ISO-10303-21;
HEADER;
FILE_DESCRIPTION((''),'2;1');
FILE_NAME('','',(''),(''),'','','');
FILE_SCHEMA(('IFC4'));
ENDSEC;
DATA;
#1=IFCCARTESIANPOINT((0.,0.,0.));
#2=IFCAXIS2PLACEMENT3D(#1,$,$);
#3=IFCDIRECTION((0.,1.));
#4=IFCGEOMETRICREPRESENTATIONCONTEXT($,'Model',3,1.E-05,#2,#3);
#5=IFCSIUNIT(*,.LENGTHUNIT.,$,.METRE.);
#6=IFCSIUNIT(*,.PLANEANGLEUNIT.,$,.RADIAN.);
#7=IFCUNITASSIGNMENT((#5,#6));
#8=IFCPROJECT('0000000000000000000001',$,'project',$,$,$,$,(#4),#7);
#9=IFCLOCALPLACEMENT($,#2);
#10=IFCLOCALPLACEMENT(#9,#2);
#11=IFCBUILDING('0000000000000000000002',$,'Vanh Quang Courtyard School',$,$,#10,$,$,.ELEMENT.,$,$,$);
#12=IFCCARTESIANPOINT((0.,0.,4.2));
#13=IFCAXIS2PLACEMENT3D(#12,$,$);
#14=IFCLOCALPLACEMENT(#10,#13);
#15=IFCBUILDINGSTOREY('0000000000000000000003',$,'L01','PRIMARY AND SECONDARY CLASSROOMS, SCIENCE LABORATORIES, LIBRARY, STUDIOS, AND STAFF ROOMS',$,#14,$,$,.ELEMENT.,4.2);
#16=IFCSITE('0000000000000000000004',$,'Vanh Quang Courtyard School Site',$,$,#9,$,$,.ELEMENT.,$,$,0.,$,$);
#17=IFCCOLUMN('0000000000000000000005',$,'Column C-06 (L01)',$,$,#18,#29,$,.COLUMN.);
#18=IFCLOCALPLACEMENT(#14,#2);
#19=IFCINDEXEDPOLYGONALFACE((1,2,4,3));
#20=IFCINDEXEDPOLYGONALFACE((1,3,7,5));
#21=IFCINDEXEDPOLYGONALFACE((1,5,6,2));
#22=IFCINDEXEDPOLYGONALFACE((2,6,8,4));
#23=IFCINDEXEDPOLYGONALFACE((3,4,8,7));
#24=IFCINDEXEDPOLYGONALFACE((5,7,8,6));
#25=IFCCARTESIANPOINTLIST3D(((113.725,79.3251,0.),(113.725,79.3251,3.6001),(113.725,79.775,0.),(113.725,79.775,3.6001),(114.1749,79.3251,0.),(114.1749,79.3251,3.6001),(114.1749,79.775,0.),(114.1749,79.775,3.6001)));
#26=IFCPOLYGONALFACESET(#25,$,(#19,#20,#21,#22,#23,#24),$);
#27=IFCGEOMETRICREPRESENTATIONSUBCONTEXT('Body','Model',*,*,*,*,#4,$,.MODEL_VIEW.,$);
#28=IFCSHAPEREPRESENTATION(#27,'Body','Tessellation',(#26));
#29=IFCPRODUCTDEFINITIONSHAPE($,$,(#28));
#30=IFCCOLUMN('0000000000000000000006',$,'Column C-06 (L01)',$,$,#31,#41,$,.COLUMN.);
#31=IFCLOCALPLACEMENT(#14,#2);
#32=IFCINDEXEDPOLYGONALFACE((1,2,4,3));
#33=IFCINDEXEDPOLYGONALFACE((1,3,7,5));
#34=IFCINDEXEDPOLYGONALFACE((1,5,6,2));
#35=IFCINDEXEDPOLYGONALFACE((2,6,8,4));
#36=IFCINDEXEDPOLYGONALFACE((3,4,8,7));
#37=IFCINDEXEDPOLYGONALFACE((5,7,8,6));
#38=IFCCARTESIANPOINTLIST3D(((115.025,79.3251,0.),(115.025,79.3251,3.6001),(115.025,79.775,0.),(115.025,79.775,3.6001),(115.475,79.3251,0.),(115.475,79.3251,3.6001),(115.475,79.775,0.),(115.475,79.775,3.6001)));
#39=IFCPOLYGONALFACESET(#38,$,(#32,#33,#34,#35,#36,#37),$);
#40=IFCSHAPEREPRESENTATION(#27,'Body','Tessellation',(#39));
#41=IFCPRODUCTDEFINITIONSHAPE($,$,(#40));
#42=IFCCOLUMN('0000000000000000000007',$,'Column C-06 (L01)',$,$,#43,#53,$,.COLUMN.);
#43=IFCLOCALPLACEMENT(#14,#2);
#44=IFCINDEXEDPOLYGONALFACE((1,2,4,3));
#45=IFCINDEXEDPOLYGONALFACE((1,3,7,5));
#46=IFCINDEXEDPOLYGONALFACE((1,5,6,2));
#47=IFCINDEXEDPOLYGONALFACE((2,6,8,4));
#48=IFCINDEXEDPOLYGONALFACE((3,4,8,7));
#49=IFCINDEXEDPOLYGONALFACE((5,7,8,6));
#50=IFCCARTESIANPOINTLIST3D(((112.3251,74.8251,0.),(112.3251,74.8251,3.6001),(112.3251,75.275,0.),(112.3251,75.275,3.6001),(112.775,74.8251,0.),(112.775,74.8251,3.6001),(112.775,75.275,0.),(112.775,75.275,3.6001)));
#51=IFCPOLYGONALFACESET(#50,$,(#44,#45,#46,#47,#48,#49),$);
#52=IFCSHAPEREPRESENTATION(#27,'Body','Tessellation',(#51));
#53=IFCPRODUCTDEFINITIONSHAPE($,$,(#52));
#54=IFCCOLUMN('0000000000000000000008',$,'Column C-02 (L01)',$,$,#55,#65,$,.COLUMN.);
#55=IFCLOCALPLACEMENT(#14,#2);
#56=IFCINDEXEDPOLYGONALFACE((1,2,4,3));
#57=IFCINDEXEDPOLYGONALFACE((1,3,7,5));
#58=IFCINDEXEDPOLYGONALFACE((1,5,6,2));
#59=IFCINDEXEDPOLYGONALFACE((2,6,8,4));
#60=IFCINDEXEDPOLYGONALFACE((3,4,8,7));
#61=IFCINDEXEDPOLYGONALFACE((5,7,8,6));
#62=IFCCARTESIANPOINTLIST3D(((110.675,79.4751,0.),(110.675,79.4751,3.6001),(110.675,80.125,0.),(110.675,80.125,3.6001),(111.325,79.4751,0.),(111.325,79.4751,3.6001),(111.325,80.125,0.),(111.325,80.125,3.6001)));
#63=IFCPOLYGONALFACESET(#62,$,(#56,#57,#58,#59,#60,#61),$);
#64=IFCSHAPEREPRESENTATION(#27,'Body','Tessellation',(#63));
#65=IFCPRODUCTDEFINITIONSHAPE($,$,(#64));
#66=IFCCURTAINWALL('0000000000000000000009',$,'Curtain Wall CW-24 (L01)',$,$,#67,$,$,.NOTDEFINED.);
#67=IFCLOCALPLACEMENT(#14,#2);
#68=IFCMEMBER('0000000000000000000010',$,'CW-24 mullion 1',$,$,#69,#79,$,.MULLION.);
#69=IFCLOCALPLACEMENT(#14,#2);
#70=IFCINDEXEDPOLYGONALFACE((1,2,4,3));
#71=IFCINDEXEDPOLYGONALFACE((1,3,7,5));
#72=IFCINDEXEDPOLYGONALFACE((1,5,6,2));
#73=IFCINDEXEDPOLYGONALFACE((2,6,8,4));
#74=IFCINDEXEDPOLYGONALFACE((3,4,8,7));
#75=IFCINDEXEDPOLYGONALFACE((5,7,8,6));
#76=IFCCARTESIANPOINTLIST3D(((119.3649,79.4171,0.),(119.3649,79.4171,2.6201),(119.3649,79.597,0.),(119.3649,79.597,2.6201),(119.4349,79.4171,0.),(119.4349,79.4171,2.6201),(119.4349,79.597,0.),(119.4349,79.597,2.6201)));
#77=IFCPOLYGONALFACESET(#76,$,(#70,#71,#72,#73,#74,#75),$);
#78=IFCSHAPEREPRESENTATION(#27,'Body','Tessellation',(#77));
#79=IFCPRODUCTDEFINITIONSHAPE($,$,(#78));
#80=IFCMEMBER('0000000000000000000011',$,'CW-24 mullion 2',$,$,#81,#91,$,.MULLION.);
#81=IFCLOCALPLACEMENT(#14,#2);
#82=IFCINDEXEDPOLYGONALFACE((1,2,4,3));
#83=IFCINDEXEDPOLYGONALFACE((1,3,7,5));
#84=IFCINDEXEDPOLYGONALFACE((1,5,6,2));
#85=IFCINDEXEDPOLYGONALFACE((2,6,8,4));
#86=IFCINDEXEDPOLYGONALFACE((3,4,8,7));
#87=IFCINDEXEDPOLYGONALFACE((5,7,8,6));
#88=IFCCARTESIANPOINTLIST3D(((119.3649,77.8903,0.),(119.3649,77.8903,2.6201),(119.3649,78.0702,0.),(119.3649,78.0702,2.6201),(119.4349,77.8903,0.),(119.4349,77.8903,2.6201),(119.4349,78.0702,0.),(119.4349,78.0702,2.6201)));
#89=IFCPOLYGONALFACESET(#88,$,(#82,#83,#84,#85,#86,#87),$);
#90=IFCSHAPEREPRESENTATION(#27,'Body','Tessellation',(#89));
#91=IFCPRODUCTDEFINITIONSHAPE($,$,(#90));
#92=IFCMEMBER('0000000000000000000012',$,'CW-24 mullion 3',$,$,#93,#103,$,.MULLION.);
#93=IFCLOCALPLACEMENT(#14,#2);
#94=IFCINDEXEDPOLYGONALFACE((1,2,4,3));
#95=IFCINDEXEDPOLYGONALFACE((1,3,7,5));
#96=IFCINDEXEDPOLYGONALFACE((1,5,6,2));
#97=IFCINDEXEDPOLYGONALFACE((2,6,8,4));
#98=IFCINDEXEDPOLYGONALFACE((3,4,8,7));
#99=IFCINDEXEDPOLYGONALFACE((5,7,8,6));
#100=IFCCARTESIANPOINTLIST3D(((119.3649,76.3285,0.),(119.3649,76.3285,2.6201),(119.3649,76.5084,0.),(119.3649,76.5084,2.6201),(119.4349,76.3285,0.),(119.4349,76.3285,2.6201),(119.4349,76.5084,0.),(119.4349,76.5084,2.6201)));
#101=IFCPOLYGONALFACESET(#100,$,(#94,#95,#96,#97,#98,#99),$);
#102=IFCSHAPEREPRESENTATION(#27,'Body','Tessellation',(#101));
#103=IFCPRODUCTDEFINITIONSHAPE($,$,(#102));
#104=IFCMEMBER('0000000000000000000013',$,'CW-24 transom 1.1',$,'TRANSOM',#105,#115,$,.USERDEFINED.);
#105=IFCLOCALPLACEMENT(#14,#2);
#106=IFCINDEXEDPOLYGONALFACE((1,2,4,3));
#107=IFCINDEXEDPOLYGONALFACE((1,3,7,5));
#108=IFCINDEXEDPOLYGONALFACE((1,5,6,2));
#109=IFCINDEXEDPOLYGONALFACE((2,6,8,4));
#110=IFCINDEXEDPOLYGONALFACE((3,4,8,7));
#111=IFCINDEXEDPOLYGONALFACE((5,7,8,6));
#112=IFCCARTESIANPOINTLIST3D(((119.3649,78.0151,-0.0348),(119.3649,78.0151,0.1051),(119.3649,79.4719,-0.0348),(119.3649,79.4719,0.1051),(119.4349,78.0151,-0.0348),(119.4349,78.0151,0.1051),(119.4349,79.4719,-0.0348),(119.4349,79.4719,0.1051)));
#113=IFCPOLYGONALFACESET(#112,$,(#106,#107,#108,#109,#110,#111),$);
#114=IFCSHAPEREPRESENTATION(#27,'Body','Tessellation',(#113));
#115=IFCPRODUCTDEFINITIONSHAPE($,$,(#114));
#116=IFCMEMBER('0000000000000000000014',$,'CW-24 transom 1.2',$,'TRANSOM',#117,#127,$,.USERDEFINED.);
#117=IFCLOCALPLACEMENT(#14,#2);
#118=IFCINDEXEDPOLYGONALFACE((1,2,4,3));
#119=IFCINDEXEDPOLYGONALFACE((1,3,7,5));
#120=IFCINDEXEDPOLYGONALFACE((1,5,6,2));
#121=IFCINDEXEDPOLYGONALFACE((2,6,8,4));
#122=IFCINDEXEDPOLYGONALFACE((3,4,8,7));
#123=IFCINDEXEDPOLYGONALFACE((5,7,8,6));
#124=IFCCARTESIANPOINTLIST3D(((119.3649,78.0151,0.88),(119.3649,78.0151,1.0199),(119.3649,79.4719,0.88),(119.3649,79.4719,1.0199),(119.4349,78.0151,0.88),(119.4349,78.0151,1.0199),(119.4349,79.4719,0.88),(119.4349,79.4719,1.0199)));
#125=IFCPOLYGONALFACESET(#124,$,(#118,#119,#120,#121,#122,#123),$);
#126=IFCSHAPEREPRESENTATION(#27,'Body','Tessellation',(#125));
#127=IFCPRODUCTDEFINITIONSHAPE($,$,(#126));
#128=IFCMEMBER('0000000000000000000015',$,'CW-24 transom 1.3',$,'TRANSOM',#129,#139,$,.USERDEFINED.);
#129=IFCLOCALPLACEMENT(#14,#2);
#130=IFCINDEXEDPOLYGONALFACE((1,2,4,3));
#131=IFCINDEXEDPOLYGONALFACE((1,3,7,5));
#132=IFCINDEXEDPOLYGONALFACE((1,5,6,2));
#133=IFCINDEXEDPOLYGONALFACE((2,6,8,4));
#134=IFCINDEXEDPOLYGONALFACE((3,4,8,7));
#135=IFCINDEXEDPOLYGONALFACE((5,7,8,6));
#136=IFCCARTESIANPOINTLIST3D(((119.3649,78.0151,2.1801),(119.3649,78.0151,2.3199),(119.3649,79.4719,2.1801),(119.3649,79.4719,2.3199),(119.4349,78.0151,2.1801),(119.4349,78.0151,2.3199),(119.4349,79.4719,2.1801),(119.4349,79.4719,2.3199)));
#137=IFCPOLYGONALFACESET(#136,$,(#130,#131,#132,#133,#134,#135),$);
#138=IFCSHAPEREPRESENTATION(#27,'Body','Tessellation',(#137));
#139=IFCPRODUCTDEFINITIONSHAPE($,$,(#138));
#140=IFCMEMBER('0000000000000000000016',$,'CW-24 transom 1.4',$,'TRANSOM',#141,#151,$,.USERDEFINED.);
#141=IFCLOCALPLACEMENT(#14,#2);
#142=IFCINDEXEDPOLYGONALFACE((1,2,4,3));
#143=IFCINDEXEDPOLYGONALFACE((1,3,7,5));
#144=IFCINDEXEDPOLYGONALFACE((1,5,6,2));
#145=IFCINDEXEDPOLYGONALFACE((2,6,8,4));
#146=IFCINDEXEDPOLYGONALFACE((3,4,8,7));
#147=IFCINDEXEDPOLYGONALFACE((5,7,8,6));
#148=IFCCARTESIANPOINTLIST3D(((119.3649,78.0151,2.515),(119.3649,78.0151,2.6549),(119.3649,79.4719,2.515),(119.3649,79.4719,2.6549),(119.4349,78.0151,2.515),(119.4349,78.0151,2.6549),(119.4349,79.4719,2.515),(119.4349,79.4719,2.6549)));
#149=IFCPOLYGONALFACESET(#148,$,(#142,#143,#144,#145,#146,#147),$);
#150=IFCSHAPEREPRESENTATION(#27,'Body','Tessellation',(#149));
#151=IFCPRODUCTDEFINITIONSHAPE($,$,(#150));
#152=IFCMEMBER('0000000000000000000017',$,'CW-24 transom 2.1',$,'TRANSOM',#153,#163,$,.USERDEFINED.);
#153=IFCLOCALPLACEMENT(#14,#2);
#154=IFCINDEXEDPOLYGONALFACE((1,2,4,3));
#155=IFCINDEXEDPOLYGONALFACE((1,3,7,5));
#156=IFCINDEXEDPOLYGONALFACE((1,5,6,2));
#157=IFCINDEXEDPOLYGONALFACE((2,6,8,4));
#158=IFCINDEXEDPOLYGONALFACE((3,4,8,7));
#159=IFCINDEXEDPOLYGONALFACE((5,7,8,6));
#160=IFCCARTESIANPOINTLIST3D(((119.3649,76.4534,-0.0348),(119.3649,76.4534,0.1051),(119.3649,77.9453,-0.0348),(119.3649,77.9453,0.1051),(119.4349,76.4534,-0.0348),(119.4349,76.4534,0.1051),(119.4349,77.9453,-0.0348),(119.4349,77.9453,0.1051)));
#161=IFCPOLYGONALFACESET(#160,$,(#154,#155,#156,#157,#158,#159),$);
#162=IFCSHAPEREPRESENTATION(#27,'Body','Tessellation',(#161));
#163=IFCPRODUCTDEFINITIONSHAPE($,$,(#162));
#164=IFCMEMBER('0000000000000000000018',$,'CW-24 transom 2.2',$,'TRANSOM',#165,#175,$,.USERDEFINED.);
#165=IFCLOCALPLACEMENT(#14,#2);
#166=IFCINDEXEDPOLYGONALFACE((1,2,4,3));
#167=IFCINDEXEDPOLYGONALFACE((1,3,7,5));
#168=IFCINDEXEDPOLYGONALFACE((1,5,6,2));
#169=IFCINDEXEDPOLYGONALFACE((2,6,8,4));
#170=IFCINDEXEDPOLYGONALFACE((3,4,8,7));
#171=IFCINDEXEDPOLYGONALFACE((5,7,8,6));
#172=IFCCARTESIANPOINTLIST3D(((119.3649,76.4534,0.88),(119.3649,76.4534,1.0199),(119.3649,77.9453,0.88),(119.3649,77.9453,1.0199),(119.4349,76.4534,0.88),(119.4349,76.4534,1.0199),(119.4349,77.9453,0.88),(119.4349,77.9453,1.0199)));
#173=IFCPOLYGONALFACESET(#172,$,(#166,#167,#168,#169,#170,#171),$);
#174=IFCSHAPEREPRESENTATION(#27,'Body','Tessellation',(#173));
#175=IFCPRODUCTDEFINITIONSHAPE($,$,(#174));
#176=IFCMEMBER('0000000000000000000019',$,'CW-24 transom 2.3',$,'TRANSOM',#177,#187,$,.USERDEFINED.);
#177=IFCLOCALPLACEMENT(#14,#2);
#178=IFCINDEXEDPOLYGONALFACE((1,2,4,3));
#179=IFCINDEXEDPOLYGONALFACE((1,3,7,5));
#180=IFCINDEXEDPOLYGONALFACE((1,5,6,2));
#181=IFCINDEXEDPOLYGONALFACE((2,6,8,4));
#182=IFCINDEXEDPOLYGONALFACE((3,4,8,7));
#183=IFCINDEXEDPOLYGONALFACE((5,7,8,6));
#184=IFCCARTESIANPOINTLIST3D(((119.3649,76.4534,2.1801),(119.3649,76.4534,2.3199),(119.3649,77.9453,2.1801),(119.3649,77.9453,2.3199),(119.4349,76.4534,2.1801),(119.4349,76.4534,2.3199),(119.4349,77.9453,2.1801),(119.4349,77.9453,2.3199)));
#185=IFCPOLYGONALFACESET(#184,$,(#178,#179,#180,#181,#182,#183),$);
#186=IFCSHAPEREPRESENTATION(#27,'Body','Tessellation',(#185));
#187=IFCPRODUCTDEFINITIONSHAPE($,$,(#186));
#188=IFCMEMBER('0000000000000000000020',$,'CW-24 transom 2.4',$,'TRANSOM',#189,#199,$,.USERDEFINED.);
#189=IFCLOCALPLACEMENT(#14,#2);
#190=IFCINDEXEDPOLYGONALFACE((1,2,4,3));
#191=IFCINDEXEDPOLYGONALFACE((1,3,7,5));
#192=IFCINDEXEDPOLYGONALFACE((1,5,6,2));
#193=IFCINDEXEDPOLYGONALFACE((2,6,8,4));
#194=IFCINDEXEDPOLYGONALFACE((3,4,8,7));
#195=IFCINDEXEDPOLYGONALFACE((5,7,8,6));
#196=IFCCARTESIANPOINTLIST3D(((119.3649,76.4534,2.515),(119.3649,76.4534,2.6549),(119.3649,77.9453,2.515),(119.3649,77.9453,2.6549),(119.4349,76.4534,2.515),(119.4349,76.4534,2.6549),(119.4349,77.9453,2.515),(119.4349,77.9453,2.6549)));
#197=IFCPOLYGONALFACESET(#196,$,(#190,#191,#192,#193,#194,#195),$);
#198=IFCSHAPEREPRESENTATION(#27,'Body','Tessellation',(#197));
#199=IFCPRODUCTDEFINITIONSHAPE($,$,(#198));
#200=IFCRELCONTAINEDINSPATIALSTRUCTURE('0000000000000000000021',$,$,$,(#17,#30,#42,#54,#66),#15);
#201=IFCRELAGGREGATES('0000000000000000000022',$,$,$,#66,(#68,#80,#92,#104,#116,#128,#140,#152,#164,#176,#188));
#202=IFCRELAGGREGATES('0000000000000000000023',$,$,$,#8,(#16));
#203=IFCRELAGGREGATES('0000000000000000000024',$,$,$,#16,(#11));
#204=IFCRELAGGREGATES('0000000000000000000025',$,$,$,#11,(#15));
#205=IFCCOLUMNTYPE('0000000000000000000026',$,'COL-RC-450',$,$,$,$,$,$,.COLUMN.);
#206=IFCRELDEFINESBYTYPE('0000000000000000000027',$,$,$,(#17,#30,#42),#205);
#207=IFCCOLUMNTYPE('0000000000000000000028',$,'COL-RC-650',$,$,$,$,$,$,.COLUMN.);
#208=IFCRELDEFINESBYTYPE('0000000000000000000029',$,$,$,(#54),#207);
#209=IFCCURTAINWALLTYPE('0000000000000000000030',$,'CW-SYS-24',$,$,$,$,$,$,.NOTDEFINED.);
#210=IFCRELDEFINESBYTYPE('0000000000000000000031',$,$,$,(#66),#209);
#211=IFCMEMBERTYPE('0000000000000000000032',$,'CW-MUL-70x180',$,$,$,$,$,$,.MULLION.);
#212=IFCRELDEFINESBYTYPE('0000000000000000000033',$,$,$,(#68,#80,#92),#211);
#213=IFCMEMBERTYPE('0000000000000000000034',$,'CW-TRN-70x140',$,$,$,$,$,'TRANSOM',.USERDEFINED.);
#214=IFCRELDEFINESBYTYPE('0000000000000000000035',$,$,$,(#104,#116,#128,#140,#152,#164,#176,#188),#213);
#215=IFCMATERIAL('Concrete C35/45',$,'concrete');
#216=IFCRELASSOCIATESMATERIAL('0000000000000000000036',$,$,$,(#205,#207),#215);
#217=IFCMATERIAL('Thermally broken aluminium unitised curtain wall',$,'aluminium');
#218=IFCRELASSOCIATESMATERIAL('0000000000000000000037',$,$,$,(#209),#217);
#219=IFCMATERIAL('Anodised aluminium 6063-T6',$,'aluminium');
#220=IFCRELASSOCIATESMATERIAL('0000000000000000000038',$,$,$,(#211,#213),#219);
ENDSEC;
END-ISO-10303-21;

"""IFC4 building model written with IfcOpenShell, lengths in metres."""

from ifc_helpers import new_model, si_unit, direction, frame, origin, origin_2d, place, context, subcontext, project, spatial, rectangle, extrude, material, material_profile, profile_set, type_object, element, aggregate, save


model = new_model("IFC4")

# Units and contexts
model_context = context("Model", 3, precision=1e-05, world=origin(), true_north=direction((0.0, 1.0)))
body_context = subcontext(model_context, "Body", "Model", "MODEL_VIEW")
ifc_project = project(units=[si_unit("LENGTHUNIT", "METRE"), si_unit("PLANEANGLEUNIT", "RADIAN")], contexts=[model_context])

# Site, building, storey
site_placement = place(None, origin())
site = spatial("IfcSite", under=ifc_project, at=site_placement, Name="Vanh Quang Courtyard School Site", CompositionType="ELEMENT", RefElevation=0.0)
building_placement = place(site_placement, origin())
building = spatial("IfcBuilding", under=site, at=building_placement, Name="Vanh Quang Courtyard School", CompositionType="ELEMENT")
storey_placement = place(building_placement, frame((0.0, 0.0, 4.2)))
storey = spatial("IfcBuildingStorey", under=building, at=storey_placement, Name="L01", Description="PRIMARY AND SECONDARY CLASSROOMS, SCIENCE LABORATORIES, LIBRARY, STUDIOS, AND STAFF ROOMS", CompositionType="ELEMENT", Elevation=4.2)

# Columns
ifc_material_1 = material(Name="Concrete C35/45", Category="concrete")
ifc_material_profile_1 = material_profile(ifc_material_1, rectangle(XDim=0.45, YDim=0.45, at=origin_2d()), Name="RC-COL 450x450")
ifc_profile_set_1 = profile_set([ifc_material_profile_1], Name="Concrete C35/45")
column_type_1 = type_object("IfcColumnType", Name="COL-RC-450", PredefinedType="COLUMN", material=ifc_profile_set_1)
for number, where, z_axis, x_axis, name in (
    (1, (113.95, 79.55, 0.0), (0.0, 0.0, 1.0), (1.0, 0.0, 0.0), "Column C-06 (L01)"),
    (2, (115.25, 79.55, 0.0), (0.0, 0.0, 1.0), (1.0, 0.0, 0.0), "Column C-06 (L01)"),
    (3, (112.55, 75.05, 0.0), (0.0, 0.0, 1.0), (1.0, 0.0, 0.0), "Column C-06 (L01)"),
):
    element("IfcColumn", number, at=place(storey_placement, frame(where, z_axis=z_axis, x_axis=x_axis)), inside=storey, type_object=column_type_1, Name=name, PredefinedType="COLUMN", context=body_context, shape_type="SweptSolid", body=[
        extrude(rectangle(XDim=0.45, YDim=0.45, at=origin_2d()), origin(), (0.0, 0.0, 1.0), 3.6001),
    ])
ifc_material_profile_2 = material_profile(ifc_material_1, rectangle(XDim=0.6499, YDim=0.6499, at=origin_2d()), Name="RC-COL 650x650")
ifc_profile_set_2 = profile_set([ifc_material_profile_2], Name="Concrete C35/45")
column_type_2 = type_object("IfcColumnType", Name="COL-RC-650", PredefinedType="COLUMN", material=ifc_profile_set_2)
column_placement = place(storey_placement, frame((111.0, 79.8, 0.0), z_axis=(0.0, 0.0, 1.0), x_axis=(1.0, 0.0, 0.0)))
element("IfcColumn", 4, at=column_placement, inside=storey, type_object=column_type_2, Name="Column C-02 (L01)", PredefinedType="COLUMN", context=body_context, shape_type="SweptSolid", body=[
    extrude(rectangle(XDim=0.6499, YDim=0.6499, at=origin_2d()), origin(), (0.0, 0.0, 1.0), 3.6001),
])

# Curtain wall, members
ifc_material_2 = material(Name="Thermally broken aluminium unitised curtain wall", Category="aluminium")
curtain_wall_type = type_object("IfcCurtainWallType", Name="CW-SYS-24", PredefinedType="NOTDEFINED", material=ifc_material_2)
curtain_wall_placement = place(storey_placement, origin())
curtain_wall = element("IfcCurtainWall", 5, at=curtain_wall_placement, inside=storey, type_object=curtain_wall_type, Name="Curtain Wall CW-24 (L01)", PredefinedType="NOTDEFINED")
ifc_material_3 = material(Name="Anodised aluminium 6063-T6", Category="aluminium")
ifc_material_profile_3 = material_profile(ifc_material_3, rectangle(XDim=0.0701, YDim=0.1799, at=origin_2d()), Name="ALU-MUL 70x180")
ifc_profile_set_3 = profile_set([ifc_material_profile_3], Name="Anodised aluminium 6063-T6")
member_type_1 = type_object("IfcMemberType", Name="CW-MUL-70x180", PredefinedType="MULLION", material=ifc_profile_set_3)
member_1_placement = place(storey_placement, frame((119.3999, 79.5071, 0.0), z_axis=(0.0, 0.0, 1.0), x_axis=(1.0, 0.0, 0.0)))
member_1 = element("IfcMember", 6, at=member_1_placement, type_object=member_type_1, Name="CW-24 mullion 1", PredefinedType="MULLION", context=body_context, shape_type="SweptSolid", body=[
    extrude(rectangle(XDim=0.0701, YDim=0.1799, at=origin_2d()), origin(), (0.0, 0.0, 1.0), 2.6201),
])
member_2_placement = place(storey_placement, frame((119.3999, 77.9802, 0.0), z_axis=(0.0, 0.0, 1.0), x_axis=(1.0, 0.0, 0.0)))
member_2 = element("IfcMember", 7, at=member_2_placement, type_object=member_type_1, Name="CW-24 mullion 2", PredefinedType="MULLION", context=body_context, shape_type="SweptSolid", body=[
    extrude(rectangle(XDim=0.0701, YDim=0.1799, at=origin_2d()), origin(), (0.0, 0.0, 1.0), 2.6201),
])
member_3_placement = place(storey_placement, frame((119.3999, 76.4185, 0.0), z_axis=(0.0, 0.0, 1.0), x_axis=(1.0, 0.0, 0.0)))
member_3 = element("IfcMember", 8, at=member_3_placement, type_object=member_type_1, Name="CW-24 mullion 3", PredefinedType="MULLION", context=body_context, shape_type="SweptSolid", body=[
    extrude(rectangle(XDim=0.0701, YDim=0.1799, at=origin_2d()), origin(), (0.0, 0.0, 1.0), 2.6201),
])
ifc_material_profile_4 = material_profile(ifc_material_3, rectangle(XDim=0.0701, YDim=0.1399, at=origin_2d()), Name="ALU-TRN 70x140")
ifc_profile_set_4 = profile_set([ifc_material_profile_4], Name="Anodised aluminium 6063-T6")
member_type_2 = type_object("IfcMemberType", Name="CW-TRN-70x140", ElementType="TRANSOM", PredefinedType="USERDEFINED", material=ifc_profile_set_4)
member_4_placement = place(storey_placement, frame((119.3999, 79.4719, 0.0352), z_axis=(0.0, -1.0, 0.0), x_axis=(1.0, 0.0, 0.0)))
member_4 = element("IfcMember", 9, at=member_4_placement, type_object=member_type_2, Name="CW-24 transom 1.1", ObjectType="TRANSOM", PredefinedType="USERDEFINED", context=body_context, shape_type="SweptSolid", body=[
    extrude(rectangle(XDim=0.0701, YDim=0.1399, at=origin_2d()), origin(), (0.0, 0.0, 1.0), 1.4568),
])
member_5_placement = place(storey_placement, frame((119.3999, 79.4719, 0.95), z_axis=(0.0, -1.0, 0.0), x_axis=(1.0, 0.0, 0.0)))
member_5 = element("IfcMember", 10, at=member_5_placement, type_object=member_type_2, Name="CW-24 transom 1.2", ObjectType="TRANSOM", PredefinedType="USERDEFINED", context=body_context, shape_type="SweptSolid", body=[
    extrude(rectangle(XDim=0.0701, YDim=0.1399, at=origin_2d()), origin(), (0.0, 0.0, 1.0), 1.4568),
])
member_6_placement = place(storey_placement, frame((119.3999, 79.4719, 2.25), z_axis=(0.0, -1.0, 0.0), x_axis=(1.0, 0.0, 0.0)))
member_6 = element("IfcMember", 11, at=member_6_placement, type_object=member_type_2, Name="CW-24 transom 1.3", ObjectType="TRANSOM", PredefinedType="USERDEFINED", context=body_context, shape_type="SweptSolid", body=[
    extrude(rectangle(XDim=0.0701, YDim=0.1399, at=origin_2d()), origin(), (0.0, 0.0, 1.0), 1.4568),
])
member_7_placement = place(storey_placement, frame((119.3999, 79.4719, 2.585), z_axis=(0.0, -1.0, 0.0), x_axis=(1.0, 0.0, 0.0)))
member_7 = element("IfcMember", 12, at=member_7_placement, type_object=member_type_2, Name="CW-24 transom 1.4", ObjectType="TRANSOM", PredefinedType="USERDEFINED", context=body_context, shape_type="SweptSolid", body=[
    extrude(rectangle(XDim=0.0701, YDim=0.1399, at=origin_2d()), origin(), (0.0, 0.0, 1.0), 1.4568),
])
member_8_placement = place(storey_placement, frame((119.3999, 77.9453, 0.0352), z_axis=(0.0, -1.0, 0.0), x_axis=(1.0, 0.0, 0.0)))
member_8 = element("IfcMember", 13, at=member_8_placement, type_object=member_type_2, Name="CW-24 transom 2.1", ObjectType="TRANSOM", PredefinedType="USERDEFINED", context=body_context, shape_type="SweptSolid", body=[
    extrude(rectangle(XDim=0.0701, YDim=0.1399, at=origin_2d()), origin(), (0.0, 0.0, 1.0), 1.4919),
])
member_9_placement = place(storey_placement, frame((119.3999, 77.9453, 0.95), z_axis=(0.0, -1.0, 0.0), x_axis=(1.0, 0.0, 0.0)))
member_9 = element("IfcMember", 14, at=member_9_placement, type_object=member_type_2, Name="CW-24 transom 2.2", ObjectType="TRANSOM", PredefinedType="USERDEFINED", context=body_context, shape_type="SweptSolid", body=[
    extrude(rectangle(XDim=0.0701, YDim=0.1399, at=origin_2d()), origin(), (0.0, 0.0, 1.0), 1.4919),
])
member_10_placement = place(storey_placement, frame((119.3999, 77.9453, 2.25), z_axis=(0.0, -1.0, 0.0), x_axis=(1.0, 0.0, 0.0)))
member_10 = element("IfcMember", 15, at=member_10_placement, type_object=member_type_2, Name="CW-24 transom 2.3", ObjectType="TRANSOM", PredefinedType="USERDEFINED", context=body_context, shape_type="SweptSolid", body=[
    extrude(rectangle(XDim=0.0701, YDim=0.1399, at=origin_2d()), origin(), (0.0, 0.0, 1.0), 1.4919),
])
member_11_placement = place(storey_placement, frame((119.3999, 77.9453, 2.585), z_axis=(0.0, -1.0, 0.0), x_axis=(1.0, 0.0, 0.0)))
member_11 = element("IfcMember", 16, at=member_11_placement, type_object=member_type_2, Name="CW-24 transom 2.4", ObjectType="TRANSOM", PredefinedType="USERDEFINED", context=body_context, shape_type="SweptSolid", body=[
    extrude(rectangle(XDim=0.0701, YDim=0.1399, at=origin_2d()), origin(), (0.0, 0.0, 1.0), 1.4919),
])

aggregate(curtain_wall, [member_1, member_2, member_3, member_4, member_5, member_6, member_7, member_8, member_9, member_10, member_11])

save(model, "model.ifc")
